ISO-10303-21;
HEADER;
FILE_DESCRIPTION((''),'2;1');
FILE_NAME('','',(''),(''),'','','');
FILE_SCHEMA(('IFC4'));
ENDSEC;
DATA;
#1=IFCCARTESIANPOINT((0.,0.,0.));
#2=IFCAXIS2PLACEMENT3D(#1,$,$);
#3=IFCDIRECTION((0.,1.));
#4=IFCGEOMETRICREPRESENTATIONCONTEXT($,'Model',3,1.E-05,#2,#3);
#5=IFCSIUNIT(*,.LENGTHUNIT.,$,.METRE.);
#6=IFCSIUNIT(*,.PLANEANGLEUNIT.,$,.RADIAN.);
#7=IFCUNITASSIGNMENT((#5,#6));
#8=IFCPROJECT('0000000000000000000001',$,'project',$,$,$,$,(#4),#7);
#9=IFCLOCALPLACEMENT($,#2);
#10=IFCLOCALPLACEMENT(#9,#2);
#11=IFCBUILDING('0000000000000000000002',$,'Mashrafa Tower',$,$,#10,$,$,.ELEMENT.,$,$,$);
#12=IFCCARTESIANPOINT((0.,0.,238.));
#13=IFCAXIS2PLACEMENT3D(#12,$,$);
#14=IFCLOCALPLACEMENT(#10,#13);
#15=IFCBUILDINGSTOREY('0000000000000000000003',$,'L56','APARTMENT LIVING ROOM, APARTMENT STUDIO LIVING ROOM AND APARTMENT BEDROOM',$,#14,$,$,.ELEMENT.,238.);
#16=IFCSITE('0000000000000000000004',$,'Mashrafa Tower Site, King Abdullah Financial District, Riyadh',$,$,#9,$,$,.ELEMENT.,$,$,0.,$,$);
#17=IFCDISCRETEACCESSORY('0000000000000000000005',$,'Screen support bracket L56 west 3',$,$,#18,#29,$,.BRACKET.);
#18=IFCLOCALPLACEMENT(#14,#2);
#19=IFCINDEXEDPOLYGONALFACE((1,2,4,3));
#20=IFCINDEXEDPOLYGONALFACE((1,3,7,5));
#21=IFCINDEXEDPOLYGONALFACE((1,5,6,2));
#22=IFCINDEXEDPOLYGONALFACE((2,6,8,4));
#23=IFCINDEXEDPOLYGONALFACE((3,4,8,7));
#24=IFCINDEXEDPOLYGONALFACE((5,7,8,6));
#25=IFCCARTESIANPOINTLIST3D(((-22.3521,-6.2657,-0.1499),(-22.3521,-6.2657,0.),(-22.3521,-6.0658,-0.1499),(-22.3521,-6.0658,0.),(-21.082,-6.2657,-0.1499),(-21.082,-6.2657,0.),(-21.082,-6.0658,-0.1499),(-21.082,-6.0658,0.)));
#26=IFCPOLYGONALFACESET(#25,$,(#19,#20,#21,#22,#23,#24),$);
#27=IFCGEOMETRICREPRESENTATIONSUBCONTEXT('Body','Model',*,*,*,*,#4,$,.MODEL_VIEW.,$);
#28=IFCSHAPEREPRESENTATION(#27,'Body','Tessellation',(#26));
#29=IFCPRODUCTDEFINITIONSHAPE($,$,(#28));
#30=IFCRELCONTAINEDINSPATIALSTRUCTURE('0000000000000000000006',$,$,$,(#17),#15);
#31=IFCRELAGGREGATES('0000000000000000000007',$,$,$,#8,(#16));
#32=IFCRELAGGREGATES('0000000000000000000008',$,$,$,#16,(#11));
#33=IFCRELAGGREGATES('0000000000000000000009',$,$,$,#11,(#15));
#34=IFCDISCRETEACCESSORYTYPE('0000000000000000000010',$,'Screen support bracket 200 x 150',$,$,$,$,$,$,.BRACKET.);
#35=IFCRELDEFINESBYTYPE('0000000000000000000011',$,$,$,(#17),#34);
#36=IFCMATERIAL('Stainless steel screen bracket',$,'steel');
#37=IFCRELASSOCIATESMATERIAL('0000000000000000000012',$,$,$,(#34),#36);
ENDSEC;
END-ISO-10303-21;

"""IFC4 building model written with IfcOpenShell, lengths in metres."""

from ifc_helpers import new_model, si_unit, direction, frame, origin, origin_2d, place, context, subcontext, project, spatial, rectangle, extrude, source, transform, mapped, material, type_object, type_shapes, element, save


model = new_model("IFC4")

# Units and contexts
model_context = context("Model", 3, precision=1e-05, world=origin(), true_north=direction((0.0, 1.0)))
body_context = subcontext(model_context, "Body", "Model", "MODEL_VIEW")
ifc_project = project(units=[si_unit("LENGTHUNIT", "METRE"), si_unit("PLANEANGLEUNIT", "RADIAN")], contexts=[model_context])

# Site, building, storey
site_placement = place(None, origin())
site = spatial("IfcSite", under=ifc_project, at=site_placement, Name="Mashrafa Tower Site, King Abdullah Financial District, Riyadh", CompositionType="ELEMENT", RefElevation=0.0)
building_placement = place(site_placement, origin())
building = spatial("IfcBuilding", under=site, at=building_placement, Name="Mashrafa Tower", CompositionType="ELEMENT")
storey_placement = place(building_placement, frame((0.0, 0.0, 238.0)))
storey = spatial("IfcBuildingStorey", under=building, at=storey_placement, Name="L56", Description="APARTMENT LIVING ROOM, APARTMENT STUDIO LIVING ROOM AND APARTMENT BEDROOM", CompositionType="ELEMENT", Elevation=238.0)

# Discrete accessory
ifc_material_1 = material(Name="Stainless steel screen bracket", Category="steel")
discrete_accessory_type = type_object("IfcDiscreteAccessoryType", Name="Screen support bracket 200 x 150", PredefinedType="BRACKET", material=ifc_material_1)
shared_shape_1 = source(origin(), body_context, "Body", "SweptSolid", [
    extrude(rectangle(XDim=0.2, YDim=1.27, at=origin_2d()), origin(), (0.0, 0.0, 1.0), 0.1499),
])
type_shapes(discrete_accessory_type, [shared_shape_1])
for number, where, z_axis, x_axis, name in (
    (1, (-21.717, -6.1658, -0.1499), (0.0, 0.0, 1.0), (0.0, -1.0, 0.0), "Screen support bracket L56 west 3"),
):
    element("IfcDiscreteAccessory", number, at=place(storey_placement, frame(where, z_axis=z_axis, x_axis=x_axis)), inside=storey, type_object=discrete_accessory_type, Name=name, PredefinedType="BRACKET", context=body_context, shape_type="MappedRepresentation", body=[
        mapped(shared_shape_1, transform((0.0, 0.0, 0.0))),
    ])

save(model, "model.ifc")
